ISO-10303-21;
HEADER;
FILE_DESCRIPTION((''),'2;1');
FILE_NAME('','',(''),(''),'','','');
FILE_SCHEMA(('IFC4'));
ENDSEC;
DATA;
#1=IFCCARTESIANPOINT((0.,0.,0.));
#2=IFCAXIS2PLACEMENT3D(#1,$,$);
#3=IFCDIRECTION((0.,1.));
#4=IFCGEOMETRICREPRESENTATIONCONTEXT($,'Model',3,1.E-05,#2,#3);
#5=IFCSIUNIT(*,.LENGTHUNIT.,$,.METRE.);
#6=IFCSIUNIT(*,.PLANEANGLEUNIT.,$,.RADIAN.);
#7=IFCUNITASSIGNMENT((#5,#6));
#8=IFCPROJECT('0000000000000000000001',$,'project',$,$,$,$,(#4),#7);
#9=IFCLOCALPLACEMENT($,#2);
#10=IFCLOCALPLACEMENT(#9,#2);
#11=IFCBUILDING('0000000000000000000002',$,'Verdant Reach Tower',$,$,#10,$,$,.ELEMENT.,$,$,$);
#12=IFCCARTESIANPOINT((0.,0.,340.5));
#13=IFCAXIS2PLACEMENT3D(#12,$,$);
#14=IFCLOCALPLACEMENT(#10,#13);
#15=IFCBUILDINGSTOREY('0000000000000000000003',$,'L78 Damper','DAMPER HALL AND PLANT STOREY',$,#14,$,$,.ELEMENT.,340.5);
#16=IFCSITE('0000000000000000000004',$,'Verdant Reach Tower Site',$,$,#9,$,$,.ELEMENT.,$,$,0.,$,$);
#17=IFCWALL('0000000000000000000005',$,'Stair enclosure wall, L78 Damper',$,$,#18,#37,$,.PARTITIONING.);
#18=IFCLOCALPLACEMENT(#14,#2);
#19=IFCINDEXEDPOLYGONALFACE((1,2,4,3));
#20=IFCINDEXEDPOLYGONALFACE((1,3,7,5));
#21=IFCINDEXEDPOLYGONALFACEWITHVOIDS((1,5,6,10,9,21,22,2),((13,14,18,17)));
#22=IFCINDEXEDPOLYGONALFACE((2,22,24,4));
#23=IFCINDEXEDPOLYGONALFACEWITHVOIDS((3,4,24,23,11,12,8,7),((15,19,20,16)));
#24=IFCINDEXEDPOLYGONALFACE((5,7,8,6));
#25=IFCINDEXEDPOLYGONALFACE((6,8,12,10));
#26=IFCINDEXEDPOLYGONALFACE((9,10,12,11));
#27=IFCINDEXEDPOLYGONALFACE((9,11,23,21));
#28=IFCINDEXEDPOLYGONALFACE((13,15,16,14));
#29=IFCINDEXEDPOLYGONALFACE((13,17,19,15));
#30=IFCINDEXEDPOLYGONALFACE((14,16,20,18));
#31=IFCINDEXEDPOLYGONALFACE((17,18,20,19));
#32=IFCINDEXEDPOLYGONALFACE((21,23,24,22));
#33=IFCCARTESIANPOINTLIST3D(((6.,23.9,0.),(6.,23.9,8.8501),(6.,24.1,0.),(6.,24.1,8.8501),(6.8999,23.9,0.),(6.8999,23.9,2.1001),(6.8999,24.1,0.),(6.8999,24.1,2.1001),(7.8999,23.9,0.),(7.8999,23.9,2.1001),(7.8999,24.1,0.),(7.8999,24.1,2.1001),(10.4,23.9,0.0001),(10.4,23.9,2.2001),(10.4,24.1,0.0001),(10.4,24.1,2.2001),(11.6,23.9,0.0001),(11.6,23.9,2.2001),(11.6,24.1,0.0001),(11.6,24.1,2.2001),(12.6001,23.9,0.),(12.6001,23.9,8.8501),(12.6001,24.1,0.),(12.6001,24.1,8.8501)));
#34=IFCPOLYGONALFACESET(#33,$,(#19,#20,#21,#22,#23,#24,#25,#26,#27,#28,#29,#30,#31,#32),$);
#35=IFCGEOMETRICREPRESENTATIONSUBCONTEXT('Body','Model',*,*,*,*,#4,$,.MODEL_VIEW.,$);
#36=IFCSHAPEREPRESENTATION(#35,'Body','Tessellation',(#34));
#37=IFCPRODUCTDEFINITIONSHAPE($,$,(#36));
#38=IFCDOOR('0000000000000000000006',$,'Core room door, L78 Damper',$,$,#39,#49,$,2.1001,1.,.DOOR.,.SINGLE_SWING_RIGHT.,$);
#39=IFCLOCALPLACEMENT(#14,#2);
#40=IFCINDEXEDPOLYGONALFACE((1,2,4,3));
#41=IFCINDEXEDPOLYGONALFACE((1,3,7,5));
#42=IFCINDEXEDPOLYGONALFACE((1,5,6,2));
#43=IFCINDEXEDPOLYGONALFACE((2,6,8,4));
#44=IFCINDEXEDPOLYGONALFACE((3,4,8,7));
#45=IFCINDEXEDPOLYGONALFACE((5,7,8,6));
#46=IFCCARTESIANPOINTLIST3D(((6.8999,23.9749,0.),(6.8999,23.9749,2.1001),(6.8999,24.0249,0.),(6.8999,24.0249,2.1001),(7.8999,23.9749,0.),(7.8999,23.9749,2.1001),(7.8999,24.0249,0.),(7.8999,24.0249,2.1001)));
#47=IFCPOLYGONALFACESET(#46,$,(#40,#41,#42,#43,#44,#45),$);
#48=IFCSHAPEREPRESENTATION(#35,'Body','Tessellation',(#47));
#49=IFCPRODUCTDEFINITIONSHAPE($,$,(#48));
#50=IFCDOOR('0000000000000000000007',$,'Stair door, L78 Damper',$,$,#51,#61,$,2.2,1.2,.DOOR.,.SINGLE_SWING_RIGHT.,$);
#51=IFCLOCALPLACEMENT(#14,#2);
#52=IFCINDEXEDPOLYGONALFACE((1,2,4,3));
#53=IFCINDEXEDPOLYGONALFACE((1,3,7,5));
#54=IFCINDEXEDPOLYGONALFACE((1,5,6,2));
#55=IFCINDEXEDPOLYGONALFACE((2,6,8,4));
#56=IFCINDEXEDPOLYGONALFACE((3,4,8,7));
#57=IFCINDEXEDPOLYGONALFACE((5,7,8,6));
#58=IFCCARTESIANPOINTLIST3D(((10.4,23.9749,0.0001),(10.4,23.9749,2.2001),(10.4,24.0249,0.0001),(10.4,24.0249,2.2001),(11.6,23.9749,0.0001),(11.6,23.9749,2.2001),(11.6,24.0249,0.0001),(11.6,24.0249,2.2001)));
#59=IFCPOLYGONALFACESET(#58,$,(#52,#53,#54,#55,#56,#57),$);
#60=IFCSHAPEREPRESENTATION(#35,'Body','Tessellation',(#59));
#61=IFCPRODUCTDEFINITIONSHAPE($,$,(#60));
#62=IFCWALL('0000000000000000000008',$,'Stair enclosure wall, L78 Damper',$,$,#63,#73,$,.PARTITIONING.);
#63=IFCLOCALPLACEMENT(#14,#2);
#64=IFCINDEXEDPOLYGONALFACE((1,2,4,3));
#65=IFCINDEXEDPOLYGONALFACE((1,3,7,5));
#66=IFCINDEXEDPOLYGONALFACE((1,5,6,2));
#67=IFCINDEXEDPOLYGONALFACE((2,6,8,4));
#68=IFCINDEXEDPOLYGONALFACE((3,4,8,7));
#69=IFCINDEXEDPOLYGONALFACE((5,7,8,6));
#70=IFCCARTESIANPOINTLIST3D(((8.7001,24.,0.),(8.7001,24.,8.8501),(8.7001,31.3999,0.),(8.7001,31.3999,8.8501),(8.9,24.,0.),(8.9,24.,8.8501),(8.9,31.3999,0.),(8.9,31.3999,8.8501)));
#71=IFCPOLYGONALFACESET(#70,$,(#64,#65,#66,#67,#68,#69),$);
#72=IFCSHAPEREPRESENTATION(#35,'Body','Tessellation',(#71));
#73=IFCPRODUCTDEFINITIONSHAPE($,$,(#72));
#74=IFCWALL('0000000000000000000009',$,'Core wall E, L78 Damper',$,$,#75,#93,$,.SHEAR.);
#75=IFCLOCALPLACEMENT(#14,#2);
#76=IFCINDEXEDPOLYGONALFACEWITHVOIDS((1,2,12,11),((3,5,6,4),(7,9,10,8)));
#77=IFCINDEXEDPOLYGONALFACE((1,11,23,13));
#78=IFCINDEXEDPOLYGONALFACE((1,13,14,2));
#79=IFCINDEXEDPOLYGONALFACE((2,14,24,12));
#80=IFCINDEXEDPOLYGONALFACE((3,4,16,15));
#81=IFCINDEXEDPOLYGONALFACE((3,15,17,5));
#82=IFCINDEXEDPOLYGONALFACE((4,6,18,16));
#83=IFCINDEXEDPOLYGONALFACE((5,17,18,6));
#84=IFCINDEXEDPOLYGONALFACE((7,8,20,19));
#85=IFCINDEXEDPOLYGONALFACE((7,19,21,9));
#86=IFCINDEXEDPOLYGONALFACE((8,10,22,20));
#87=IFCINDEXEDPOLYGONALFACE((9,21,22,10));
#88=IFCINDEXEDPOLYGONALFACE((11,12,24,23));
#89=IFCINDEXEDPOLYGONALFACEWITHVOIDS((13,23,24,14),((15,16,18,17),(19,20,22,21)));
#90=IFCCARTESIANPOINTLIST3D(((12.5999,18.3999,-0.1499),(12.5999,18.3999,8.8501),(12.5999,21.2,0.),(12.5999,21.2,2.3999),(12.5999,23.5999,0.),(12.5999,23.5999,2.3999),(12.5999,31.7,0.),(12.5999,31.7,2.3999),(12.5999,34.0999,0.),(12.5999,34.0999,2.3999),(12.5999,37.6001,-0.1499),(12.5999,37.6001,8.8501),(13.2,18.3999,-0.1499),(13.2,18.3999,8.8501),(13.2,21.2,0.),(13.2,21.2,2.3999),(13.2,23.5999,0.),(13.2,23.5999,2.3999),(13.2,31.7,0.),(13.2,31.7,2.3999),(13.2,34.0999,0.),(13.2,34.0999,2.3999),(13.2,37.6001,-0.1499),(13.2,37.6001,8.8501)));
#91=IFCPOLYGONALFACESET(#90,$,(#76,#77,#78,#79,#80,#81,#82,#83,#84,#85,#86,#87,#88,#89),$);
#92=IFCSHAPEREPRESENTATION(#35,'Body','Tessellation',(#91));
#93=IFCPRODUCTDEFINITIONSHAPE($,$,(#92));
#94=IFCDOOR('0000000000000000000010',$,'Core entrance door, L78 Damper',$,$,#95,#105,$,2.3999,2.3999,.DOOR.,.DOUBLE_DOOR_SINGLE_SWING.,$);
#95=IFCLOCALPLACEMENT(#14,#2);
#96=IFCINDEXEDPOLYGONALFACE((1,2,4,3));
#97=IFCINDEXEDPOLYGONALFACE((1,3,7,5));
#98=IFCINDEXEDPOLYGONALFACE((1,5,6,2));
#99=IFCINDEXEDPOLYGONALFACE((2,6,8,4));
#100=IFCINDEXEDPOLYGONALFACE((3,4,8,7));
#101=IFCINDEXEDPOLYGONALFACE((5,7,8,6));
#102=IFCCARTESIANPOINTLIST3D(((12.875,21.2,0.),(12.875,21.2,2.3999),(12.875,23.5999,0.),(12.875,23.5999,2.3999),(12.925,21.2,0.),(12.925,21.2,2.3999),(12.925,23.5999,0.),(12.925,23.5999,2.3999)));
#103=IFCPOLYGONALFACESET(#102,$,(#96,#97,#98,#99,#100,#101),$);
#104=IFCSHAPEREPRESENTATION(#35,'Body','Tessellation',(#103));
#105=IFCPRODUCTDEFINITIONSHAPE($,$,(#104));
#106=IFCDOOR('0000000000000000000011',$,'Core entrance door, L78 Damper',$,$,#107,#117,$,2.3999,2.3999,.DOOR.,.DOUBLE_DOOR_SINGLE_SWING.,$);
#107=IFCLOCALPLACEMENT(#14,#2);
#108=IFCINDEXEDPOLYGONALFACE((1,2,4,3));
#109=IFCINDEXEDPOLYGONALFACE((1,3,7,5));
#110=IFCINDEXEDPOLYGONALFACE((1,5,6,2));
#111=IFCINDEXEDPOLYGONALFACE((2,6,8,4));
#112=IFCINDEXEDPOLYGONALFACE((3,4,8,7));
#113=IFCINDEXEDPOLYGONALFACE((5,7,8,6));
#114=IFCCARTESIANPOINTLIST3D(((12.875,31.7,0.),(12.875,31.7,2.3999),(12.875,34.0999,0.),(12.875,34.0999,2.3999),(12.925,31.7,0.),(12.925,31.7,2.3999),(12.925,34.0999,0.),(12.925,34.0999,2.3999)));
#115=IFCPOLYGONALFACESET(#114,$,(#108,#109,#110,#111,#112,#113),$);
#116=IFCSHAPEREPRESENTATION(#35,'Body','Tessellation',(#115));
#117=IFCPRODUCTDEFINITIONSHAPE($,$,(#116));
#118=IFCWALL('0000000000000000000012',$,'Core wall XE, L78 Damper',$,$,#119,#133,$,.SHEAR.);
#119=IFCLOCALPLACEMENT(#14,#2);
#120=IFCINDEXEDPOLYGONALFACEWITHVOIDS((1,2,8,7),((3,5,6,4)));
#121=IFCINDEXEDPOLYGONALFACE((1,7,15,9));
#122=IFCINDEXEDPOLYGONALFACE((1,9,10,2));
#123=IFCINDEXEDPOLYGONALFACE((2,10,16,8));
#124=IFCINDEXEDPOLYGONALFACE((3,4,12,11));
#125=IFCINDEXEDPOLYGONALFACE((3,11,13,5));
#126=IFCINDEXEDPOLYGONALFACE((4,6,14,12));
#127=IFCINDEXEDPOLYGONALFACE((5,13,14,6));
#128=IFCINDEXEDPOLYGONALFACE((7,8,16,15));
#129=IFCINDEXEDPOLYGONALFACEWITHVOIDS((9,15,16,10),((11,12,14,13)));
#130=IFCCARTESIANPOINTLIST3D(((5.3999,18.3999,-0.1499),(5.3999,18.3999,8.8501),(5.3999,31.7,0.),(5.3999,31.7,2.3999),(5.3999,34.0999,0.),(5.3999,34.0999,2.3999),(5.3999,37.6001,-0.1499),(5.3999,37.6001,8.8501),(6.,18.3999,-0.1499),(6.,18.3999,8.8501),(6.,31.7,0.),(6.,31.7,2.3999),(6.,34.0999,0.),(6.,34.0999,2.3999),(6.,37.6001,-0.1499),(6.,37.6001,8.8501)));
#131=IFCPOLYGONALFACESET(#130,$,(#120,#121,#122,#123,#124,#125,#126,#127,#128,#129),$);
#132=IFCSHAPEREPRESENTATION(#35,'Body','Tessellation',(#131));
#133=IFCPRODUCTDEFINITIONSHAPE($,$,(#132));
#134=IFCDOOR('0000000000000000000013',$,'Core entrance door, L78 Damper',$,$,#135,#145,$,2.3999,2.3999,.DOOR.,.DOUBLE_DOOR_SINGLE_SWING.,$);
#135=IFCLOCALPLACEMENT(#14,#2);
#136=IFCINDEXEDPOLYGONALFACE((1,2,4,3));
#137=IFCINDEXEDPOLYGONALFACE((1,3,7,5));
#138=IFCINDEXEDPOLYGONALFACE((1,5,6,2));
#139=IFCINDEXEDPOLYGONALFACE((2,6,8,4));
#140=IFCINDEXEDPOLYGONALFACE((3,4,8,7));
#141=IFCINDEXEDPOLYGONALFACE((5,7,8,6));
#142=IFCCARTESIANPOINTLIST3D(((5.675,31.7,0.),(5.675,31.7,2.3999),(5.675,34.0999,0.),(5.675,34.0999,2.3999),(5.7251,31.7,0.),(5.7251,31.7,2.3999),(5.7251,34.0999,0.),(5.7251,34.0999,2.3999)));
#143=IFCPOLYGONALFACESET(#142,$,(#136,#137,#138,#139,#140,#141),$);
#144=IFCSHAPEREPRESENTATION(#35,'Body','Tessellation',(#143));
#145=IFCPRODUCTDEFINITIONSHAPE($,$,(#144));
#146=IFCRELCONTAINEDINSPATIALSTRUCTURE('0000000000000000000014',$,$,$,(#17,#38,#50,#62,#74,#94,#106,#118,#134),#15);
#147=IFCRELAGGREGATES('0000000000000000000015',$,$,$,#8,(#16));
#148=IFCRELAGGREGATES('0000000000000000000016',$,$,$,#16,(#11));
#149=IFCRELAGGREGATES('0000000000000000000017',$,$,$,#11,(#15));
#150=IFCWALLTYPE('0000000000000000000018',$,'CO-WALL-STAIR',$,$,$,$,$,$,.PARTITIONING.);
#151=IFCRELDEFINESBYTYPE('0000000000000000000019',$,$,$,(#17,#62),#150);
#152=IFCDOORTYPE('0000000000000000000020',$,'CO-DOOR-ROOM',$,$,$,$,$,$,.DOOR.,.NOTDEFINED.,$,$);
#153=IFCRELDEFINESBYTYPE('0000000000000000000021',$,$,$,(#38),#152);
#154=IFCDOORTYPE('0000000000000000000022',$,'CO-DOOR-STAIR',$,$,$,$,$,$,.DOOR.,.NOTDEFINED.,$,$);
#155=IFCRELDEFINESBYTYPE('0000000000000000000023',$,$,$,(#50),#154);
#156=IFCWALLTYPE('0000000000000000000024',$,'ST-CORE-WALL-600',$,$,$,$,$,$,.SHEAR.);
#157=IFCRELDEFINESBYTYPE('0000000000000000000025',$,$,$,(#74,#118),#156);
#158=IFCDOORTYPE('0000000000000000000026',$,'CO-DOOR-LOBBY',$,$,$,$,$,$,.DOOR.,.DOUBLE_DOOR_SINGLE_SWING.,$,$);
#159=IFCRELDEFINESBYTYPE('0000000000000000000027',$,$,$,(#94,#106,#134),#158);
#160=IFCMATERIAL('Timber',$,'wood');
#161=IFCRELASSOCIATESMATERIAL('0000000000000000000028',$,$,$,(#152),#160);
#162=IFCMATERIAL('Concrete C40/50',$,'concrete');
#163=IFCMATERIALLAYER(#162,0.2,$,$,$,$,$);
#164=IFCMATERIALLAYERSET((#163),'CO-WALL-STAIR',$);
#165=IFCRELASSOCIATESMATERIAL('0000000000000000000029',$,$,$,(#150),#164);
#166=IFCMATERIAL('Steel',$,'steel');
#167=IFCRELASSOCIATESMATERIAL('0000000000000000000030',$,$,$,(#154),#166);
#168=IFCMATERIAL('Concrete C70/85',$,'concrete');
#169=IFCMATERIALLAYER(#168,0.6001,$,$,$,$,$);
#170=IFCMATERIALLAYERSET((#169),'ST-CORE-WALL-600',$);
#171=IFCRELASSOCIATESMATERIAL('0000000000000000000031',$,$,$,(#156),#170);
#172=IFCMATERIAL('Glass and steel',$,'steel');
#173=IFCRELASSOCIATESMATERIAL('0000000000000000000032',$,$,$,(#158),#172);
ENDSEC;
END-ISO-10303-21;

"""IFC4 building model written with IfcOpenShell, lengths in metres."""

from ifc_helpers import new_model, si_unit, direction, frame, frame_2d, origin, place, context, subcontext, project, spatial, rectangle, extrude, material, layer, layer_set, type_object, element, fill, save


model = new_model("IFC4")

# Units and contexts
model_context = context("Model", 3, precision=1e-05, world=origin(), true_north=direction((0.0, 1.0)))
body_context = subcontext(model_context, "Body", "Model", "MODEL_VIEW")
ifc_project = project(units=[si_unit("LENGTHUNIT", "METRE"), si_unit("PLANEANGLEUNIT", "RADIAN")], contexts=[model_context])

# Site, building, storey
site_placement = place(None, origin())
site = spatial("IfcSite", under=ifc_project, at=site_placement, Name="Verdant Reach Tower Site", CompositionType="ELEMENT", RefElevation=0.0)
building_placement = place(site_placement, origin())
building = spatial("IfcBuilding", under=site, at=building_placement, Name="Verdant Reach Tower", CompositionType="ELEMENT")
storey_placement = place(building_placement, frame((0.0, 0.0, 340.5)))
storey = spatial("IfcBuildingStorey", under=building, at=storey_placement, Name="L78 Damper", Description="DAMPER HALL AND PLANT STOREY", CompositionType="ELEMENT", Elevation=340.5)

# Shared definitions
ifc_material_1 = material(Name="Timber", Category="wood")
door_type_1 = type_object("IfcDoorType", Name="CO-DOOR-ROOM", OperationType="NOTDEFINED", PredefinedType="DOOR", material=ifc_material_1)

# Shared definitions
ifc_material_2 = material(Name="Concrete C40/50", Category="concrete")

# Wall, openings, doors
ifc_layer_1 = layer(ifc_material_2, 0.2)
ifc_layer_set_1 = layer_set([ifc_layer_1], Name="CO-WALL-STAIR")
wall_type_1 = type_object("IfcWallType", Name="CO-WALL-STAIR", PredefinedType="PARTITIONING", material=ifc_layer_set_1)
wall_1_placement = place(storey_placement, frame((6.0, 24.0, 0.0), z_axis=(0.0, 0.0, 1.0), x_axis=(1.0, 0.0, 0.0)))
wall_1 = element("IfcWall", 1, at=wall_1_placement, inside=storey, type_object=wall_type_1, Name="Stair enclosure wall, L78 Damper", PredefinedType="PARTITIONING", context=body_context, shape_type="SweptSolid", body=[
    extrude(rectangle(XDim=6.6001, YDim=0.2, at=frame_2d((3.3, 0.0))), origin(), (0.0, 0.0, 1.0), 8.8501),
])
opening_1_placement = place(wall_1_placement, frame((0.8999, 0.0, 0.0)))
opening_1 = element("IfcOpeningElement", 2, at=opening_1_placement, cuts=wall_1, PredefinedType="OPENING", context=body_context, shape_type="SweptSolid", body=[
    extrude(rectangle(XDim=1.0, YDim=2.1001, at=frame_2d((0.5, 1.05))), frame((0.0, 0.1099, 0.0), z_axis=(0.0, -1.0, 0.0), x_axis=(1.0, 0.0, 0.0)), (0.0, 0.0, 1.0), 0.22),
])
opening_2_placement = place(wall_1_placement, frame((4.3999, 0.0, 0.0)))
opening_2 = element("IfcOpeningElement", 3, at=opening_2_placement, cuts=wall_1, PredefinedType="OPENING", context=body_context, shape_type="SweptSolid", body=[
    extrude(rectangle(XDim=1.2, YDim=2.2, at=frame_2d((0.6001, 1.1001))), frame((0.0, 0.1099, 0.0), z_axis=(0.0, -1.0, 0.0), x_axis=(1.0, 0.0, 0.0)), (0.0, 0.0, 1.0), 0.22),
])
door_1_placement = place(opening_1_placement, origin())
door_1 = element("IfcDoor", 4, at=door_1_placement, inside=storey, type_object=door_type_1, Name="Core room door, L78 Damper", OperationType="SINGLE_SWING_RIGHT", OverallHeight=2.1001, OverallWidth=1.0, PredefinedType="DOOR", context=body_context, shape_type="SweptSolid", body=[
    extrude(rectangle(XDim=1.0, YDim=2.1001, at=frame_2d((0.5, 1.05))), frame((0.0, 0.0249, 0.0), z_axis=(0.0, -1.0, 0.0), x_axis=(1.0, 0.0, 0.0)), (0.0, 0.0, 1.0), 0.05),
])
fill(opening_1, door_1)
ifc_material_3 = material(Name="Steel", Category="steel")
door_type_2 = type_object("IfcDoorType", Name="CO-DOOR-STAIR", OperationType="NOTDEFINED", PredefinedType="DOOR", material=ifc_material_3)
door_2_placement = place(opening_2_placement, origin())
door_2 = element("IfcDoor", 5, at=door_2_placement, inside=storey, type_object=door_type_2, Name="Stair door, L78 Damper", OperationType="SINGLE_SWING_RIGHT", OverallHeight=2.2, OverallWidth=1.2, PredefinedType="DOOR", context=body_context, shape_type="SweptSolid", body=[
    extrude(rectangle(XDim=1.2, YDim=2.2, at=frame_2d((0.6001, 1.1001))), frame((0.0, 0.0249, 0.0), z_axis=(0.0, -1.0, 0.0), x_axis=(1.0, 0.0, 0.0)), (0.0, 0.0, 1.0), 0.05),
])
fill(opening_2, door_2)

# Wall
wall_2_placement = place(storey_placement, frame((8.8, 24.0, 0.0), z_axis=(0.0, 0.0, 1.0), x_axis=(0.0, 1.0, 0.0)))
element("IfcWall", 6, at=wall_2_placement, inside=storey, type_object=wall_type_1, Name="Stair enclosure wall, L78 Damper", PredefinedType="PARTITIONING", context=body_context, shape_type="SweptSolid", body=[
    extrude(rectangle(XDim=7.3999, YDim=0.2, at=frame_2d((3.7, 0.0))), origin(), (0.0, 0.0, 1.0), 8.8501),
])

# Wall, openings, doors
ifc_material_4 = material(Name="Concrete C70/85", Category="concrete")
ifc_layer_2 = layer(ifc_material_4, 0.6001)
ifc_layer_set_2 = layer_set([ifc_layer_2], Name="ST-CORE-WALL-600")
wall_type_2 = type_object("IfcWallType", Name="ST-CORE-WALL-600", PredefinedType="SHEAR", material=ifc_layer_set_2)
wall_3_placement = place(storey_placement, frame((12.8999, 18.3999, -0.1499), z_axis=(0.0, 0.0, 1.0), x_axis=(0.0, 1.0, 0.0)))
wall_3 = element("IfcWall", 7, at=wall_3_placement, inside=storey, type_object=wall_type_2, Name="Core wall E, L78 Damper", PredefinedType="SHEAR", context=body_context, shape_type="SweptSolid", body=[
    extrude(rectangle(XDim=19.2002, YDim=0.6001, at=frame_2d((9.6001, 0.0))), origin(), (0.0, 0.0, 1.0), 9.0),
])
opening_3_placement = place(wall_3_placement, frame((2.8, 0.0, 0.1499)))
opening_3 = element("IfcOpeningElement", 8, at=opening_3_placement, cuts=wall_3, PredefinedType="OPENING", context=body_context, shape_type="SweptSolid", body=[
    extrude(rectangle(XDim=2.3999, YDim=2.3999, at=frame_2d((1.2, 1.2))), frame((0.0, 0.3101, 0.0), z_axis=(0.0, -1.0, 0.0), x_axis=(1.0, 0.0, 0.0)), (0.0, 0.0, 1.0), 0.6201),
])
opening_4_placement = place(wall_3_placement, frame((13.3, 0.0, 0.1499)))
opening_4 = element("IfcOpeningElement", 9, at=opening_4_placement, cuts=wall_3, PredefinedType="OPENING", context=body_context, shape_type="SweptSolid", body=[
    extrude(rectangle(XDim=2.3999, YDim=2.3999, at=frame_2d((1.2, 1.2))), frame((0.0, 0.3101, 0.0), z_axis=(0.0, -1.0, 0.0), x_axis=(1.0, 0.0, 0.0)), (0.0, 0.0, 1.0), 0.6201),
])
ifc_material_5 = material(Name="Glass and steel", Category="steel")
door_type_3 = type_object("IfcDoorType", Name="CO-DOOR-LOBBY", OperationType="DOUBLE_DOOR_SINGLE_SWING", PredefinedType="DOOR", material=ifc_material_5)
door_3_placement = place(opening_3_placement, origin())
door_3 = element("IfcDoor", 10, at=door_3_placement, inside=storey, type_object=door_type_3, Name="Core entrance door, L78 Damper", OperationType="DOUBLE_DOOR_SINGLE_SWING", OverallHeight=2.3999, OverallWidth=2.3999, PredefinedType="DOOR", context=body_context, shape_type="SweptSolid", body=[
    extrude(rectangle(XDim=2.3999, YDim=2.3999, at=frame_2d((1.2, 1.2))), frame((0.0, 0.0249, 0.0), z_axis=(0.0, -1.0, 0.0), x_axis=(1.0, 0.0, 0.0)), (0.0, 0.0, 1.0), 0.05),
])
fill(opening_3, door_3)
door_4_placement = place(opening_4_placement, origin())
door_4 = element("IfcDoor", 11, at=door_4_placement, inside=storey, type_object=door_type_3, Name="Core entrance door, L78 Damper", OperationType="DOUBLE_DOOR_SINGLE_SWING", OverallHeight=2.3999, OverallWidth=2.3999, PredefinedType="DOOR", context=body_context, shape_type="SweptSolid", body=[
    extrude(rectangle(XDim=2.3999, YDim=2.3999, at=frame_2d((1.2, 1.2))), frame((0.0, 0.0249, 0.0), z_axis=(0.0, -1.0, 0.0), x_axis=(1.0, 0.0, 0.0)), (0.0, 0.0, 1.0), 0.05),
])
fill(opening_4, door_4)

# Wall, opening, door
wall_4_placement = place(storey_placement, frame((5.7, 18.3999, -0.1499), z_axis=(0.0, 0.0, 1.0), x_axis=(0.0, 1.0, 0.0)))
wall_4 = element("IfcWall", 12, at=wall_4_placement, inside=storey, type_object=wall_type_2, Name="Core wall XE, L78 Damper", PredefinedType="SHEAR", context=body_context, shape_type="SweptSolid", body=[
    extrude(rectangle(XDim=19.2002, YDim=0.6001, at=frame_2d((9.6001, 0.0))), origin(), (0.0, 0.0, 1.0), 9.0),
])
opening_5_placement = place(wall_4_placement, frame((13.3, 0.0, 0.1499)))
opening_5 = element("IfcOpeningElement", 13, at=opening_5_placement, cuts=wall_4, PredefinedType="OPENING", context=body_context, shape_type="SweptSolid", body=[
    extrude(rectangle(XDim=2.3999, YDim=2.3999, at=frame_2d((1.2, 1.2))), frame((0.0, 0.3101, 0.0), z_axis=(0.0, -1.0, 0.0), x_axis=(1.0, 0.0, 0.0)), (0.0, 0.0, 1.0), 0.6201),
])
door_5_placement = place(opening_5_placement, origin())
door_5 = element("IfcDoor", 14, at=door_5_placement, inside=storey, type_object=door_type_3, Name="Core entrance door, L78 Damper", OperationType="DOUBLE_DOOR_SINGLE_SWING", OverallHeight=2.3999, OverallWidth=2.3999, PredefinedType="DOOR", context=body_context, shape_type="SweptSolid", body=[
    extrude(rectangle(XDim=2.3999, YDim=2.3999, at=frame_2d((1.2, 1.2))), frame((0.0, 0.0249, 0.0), z_axis=(0.0, -1.0, 0.0), x_axis=(1.0, 0.0, 0.0)), (0.0, 0.0, 1.0), 0.05),
])
fill(opening_5, door_5)

save(model, "model.ifc")
